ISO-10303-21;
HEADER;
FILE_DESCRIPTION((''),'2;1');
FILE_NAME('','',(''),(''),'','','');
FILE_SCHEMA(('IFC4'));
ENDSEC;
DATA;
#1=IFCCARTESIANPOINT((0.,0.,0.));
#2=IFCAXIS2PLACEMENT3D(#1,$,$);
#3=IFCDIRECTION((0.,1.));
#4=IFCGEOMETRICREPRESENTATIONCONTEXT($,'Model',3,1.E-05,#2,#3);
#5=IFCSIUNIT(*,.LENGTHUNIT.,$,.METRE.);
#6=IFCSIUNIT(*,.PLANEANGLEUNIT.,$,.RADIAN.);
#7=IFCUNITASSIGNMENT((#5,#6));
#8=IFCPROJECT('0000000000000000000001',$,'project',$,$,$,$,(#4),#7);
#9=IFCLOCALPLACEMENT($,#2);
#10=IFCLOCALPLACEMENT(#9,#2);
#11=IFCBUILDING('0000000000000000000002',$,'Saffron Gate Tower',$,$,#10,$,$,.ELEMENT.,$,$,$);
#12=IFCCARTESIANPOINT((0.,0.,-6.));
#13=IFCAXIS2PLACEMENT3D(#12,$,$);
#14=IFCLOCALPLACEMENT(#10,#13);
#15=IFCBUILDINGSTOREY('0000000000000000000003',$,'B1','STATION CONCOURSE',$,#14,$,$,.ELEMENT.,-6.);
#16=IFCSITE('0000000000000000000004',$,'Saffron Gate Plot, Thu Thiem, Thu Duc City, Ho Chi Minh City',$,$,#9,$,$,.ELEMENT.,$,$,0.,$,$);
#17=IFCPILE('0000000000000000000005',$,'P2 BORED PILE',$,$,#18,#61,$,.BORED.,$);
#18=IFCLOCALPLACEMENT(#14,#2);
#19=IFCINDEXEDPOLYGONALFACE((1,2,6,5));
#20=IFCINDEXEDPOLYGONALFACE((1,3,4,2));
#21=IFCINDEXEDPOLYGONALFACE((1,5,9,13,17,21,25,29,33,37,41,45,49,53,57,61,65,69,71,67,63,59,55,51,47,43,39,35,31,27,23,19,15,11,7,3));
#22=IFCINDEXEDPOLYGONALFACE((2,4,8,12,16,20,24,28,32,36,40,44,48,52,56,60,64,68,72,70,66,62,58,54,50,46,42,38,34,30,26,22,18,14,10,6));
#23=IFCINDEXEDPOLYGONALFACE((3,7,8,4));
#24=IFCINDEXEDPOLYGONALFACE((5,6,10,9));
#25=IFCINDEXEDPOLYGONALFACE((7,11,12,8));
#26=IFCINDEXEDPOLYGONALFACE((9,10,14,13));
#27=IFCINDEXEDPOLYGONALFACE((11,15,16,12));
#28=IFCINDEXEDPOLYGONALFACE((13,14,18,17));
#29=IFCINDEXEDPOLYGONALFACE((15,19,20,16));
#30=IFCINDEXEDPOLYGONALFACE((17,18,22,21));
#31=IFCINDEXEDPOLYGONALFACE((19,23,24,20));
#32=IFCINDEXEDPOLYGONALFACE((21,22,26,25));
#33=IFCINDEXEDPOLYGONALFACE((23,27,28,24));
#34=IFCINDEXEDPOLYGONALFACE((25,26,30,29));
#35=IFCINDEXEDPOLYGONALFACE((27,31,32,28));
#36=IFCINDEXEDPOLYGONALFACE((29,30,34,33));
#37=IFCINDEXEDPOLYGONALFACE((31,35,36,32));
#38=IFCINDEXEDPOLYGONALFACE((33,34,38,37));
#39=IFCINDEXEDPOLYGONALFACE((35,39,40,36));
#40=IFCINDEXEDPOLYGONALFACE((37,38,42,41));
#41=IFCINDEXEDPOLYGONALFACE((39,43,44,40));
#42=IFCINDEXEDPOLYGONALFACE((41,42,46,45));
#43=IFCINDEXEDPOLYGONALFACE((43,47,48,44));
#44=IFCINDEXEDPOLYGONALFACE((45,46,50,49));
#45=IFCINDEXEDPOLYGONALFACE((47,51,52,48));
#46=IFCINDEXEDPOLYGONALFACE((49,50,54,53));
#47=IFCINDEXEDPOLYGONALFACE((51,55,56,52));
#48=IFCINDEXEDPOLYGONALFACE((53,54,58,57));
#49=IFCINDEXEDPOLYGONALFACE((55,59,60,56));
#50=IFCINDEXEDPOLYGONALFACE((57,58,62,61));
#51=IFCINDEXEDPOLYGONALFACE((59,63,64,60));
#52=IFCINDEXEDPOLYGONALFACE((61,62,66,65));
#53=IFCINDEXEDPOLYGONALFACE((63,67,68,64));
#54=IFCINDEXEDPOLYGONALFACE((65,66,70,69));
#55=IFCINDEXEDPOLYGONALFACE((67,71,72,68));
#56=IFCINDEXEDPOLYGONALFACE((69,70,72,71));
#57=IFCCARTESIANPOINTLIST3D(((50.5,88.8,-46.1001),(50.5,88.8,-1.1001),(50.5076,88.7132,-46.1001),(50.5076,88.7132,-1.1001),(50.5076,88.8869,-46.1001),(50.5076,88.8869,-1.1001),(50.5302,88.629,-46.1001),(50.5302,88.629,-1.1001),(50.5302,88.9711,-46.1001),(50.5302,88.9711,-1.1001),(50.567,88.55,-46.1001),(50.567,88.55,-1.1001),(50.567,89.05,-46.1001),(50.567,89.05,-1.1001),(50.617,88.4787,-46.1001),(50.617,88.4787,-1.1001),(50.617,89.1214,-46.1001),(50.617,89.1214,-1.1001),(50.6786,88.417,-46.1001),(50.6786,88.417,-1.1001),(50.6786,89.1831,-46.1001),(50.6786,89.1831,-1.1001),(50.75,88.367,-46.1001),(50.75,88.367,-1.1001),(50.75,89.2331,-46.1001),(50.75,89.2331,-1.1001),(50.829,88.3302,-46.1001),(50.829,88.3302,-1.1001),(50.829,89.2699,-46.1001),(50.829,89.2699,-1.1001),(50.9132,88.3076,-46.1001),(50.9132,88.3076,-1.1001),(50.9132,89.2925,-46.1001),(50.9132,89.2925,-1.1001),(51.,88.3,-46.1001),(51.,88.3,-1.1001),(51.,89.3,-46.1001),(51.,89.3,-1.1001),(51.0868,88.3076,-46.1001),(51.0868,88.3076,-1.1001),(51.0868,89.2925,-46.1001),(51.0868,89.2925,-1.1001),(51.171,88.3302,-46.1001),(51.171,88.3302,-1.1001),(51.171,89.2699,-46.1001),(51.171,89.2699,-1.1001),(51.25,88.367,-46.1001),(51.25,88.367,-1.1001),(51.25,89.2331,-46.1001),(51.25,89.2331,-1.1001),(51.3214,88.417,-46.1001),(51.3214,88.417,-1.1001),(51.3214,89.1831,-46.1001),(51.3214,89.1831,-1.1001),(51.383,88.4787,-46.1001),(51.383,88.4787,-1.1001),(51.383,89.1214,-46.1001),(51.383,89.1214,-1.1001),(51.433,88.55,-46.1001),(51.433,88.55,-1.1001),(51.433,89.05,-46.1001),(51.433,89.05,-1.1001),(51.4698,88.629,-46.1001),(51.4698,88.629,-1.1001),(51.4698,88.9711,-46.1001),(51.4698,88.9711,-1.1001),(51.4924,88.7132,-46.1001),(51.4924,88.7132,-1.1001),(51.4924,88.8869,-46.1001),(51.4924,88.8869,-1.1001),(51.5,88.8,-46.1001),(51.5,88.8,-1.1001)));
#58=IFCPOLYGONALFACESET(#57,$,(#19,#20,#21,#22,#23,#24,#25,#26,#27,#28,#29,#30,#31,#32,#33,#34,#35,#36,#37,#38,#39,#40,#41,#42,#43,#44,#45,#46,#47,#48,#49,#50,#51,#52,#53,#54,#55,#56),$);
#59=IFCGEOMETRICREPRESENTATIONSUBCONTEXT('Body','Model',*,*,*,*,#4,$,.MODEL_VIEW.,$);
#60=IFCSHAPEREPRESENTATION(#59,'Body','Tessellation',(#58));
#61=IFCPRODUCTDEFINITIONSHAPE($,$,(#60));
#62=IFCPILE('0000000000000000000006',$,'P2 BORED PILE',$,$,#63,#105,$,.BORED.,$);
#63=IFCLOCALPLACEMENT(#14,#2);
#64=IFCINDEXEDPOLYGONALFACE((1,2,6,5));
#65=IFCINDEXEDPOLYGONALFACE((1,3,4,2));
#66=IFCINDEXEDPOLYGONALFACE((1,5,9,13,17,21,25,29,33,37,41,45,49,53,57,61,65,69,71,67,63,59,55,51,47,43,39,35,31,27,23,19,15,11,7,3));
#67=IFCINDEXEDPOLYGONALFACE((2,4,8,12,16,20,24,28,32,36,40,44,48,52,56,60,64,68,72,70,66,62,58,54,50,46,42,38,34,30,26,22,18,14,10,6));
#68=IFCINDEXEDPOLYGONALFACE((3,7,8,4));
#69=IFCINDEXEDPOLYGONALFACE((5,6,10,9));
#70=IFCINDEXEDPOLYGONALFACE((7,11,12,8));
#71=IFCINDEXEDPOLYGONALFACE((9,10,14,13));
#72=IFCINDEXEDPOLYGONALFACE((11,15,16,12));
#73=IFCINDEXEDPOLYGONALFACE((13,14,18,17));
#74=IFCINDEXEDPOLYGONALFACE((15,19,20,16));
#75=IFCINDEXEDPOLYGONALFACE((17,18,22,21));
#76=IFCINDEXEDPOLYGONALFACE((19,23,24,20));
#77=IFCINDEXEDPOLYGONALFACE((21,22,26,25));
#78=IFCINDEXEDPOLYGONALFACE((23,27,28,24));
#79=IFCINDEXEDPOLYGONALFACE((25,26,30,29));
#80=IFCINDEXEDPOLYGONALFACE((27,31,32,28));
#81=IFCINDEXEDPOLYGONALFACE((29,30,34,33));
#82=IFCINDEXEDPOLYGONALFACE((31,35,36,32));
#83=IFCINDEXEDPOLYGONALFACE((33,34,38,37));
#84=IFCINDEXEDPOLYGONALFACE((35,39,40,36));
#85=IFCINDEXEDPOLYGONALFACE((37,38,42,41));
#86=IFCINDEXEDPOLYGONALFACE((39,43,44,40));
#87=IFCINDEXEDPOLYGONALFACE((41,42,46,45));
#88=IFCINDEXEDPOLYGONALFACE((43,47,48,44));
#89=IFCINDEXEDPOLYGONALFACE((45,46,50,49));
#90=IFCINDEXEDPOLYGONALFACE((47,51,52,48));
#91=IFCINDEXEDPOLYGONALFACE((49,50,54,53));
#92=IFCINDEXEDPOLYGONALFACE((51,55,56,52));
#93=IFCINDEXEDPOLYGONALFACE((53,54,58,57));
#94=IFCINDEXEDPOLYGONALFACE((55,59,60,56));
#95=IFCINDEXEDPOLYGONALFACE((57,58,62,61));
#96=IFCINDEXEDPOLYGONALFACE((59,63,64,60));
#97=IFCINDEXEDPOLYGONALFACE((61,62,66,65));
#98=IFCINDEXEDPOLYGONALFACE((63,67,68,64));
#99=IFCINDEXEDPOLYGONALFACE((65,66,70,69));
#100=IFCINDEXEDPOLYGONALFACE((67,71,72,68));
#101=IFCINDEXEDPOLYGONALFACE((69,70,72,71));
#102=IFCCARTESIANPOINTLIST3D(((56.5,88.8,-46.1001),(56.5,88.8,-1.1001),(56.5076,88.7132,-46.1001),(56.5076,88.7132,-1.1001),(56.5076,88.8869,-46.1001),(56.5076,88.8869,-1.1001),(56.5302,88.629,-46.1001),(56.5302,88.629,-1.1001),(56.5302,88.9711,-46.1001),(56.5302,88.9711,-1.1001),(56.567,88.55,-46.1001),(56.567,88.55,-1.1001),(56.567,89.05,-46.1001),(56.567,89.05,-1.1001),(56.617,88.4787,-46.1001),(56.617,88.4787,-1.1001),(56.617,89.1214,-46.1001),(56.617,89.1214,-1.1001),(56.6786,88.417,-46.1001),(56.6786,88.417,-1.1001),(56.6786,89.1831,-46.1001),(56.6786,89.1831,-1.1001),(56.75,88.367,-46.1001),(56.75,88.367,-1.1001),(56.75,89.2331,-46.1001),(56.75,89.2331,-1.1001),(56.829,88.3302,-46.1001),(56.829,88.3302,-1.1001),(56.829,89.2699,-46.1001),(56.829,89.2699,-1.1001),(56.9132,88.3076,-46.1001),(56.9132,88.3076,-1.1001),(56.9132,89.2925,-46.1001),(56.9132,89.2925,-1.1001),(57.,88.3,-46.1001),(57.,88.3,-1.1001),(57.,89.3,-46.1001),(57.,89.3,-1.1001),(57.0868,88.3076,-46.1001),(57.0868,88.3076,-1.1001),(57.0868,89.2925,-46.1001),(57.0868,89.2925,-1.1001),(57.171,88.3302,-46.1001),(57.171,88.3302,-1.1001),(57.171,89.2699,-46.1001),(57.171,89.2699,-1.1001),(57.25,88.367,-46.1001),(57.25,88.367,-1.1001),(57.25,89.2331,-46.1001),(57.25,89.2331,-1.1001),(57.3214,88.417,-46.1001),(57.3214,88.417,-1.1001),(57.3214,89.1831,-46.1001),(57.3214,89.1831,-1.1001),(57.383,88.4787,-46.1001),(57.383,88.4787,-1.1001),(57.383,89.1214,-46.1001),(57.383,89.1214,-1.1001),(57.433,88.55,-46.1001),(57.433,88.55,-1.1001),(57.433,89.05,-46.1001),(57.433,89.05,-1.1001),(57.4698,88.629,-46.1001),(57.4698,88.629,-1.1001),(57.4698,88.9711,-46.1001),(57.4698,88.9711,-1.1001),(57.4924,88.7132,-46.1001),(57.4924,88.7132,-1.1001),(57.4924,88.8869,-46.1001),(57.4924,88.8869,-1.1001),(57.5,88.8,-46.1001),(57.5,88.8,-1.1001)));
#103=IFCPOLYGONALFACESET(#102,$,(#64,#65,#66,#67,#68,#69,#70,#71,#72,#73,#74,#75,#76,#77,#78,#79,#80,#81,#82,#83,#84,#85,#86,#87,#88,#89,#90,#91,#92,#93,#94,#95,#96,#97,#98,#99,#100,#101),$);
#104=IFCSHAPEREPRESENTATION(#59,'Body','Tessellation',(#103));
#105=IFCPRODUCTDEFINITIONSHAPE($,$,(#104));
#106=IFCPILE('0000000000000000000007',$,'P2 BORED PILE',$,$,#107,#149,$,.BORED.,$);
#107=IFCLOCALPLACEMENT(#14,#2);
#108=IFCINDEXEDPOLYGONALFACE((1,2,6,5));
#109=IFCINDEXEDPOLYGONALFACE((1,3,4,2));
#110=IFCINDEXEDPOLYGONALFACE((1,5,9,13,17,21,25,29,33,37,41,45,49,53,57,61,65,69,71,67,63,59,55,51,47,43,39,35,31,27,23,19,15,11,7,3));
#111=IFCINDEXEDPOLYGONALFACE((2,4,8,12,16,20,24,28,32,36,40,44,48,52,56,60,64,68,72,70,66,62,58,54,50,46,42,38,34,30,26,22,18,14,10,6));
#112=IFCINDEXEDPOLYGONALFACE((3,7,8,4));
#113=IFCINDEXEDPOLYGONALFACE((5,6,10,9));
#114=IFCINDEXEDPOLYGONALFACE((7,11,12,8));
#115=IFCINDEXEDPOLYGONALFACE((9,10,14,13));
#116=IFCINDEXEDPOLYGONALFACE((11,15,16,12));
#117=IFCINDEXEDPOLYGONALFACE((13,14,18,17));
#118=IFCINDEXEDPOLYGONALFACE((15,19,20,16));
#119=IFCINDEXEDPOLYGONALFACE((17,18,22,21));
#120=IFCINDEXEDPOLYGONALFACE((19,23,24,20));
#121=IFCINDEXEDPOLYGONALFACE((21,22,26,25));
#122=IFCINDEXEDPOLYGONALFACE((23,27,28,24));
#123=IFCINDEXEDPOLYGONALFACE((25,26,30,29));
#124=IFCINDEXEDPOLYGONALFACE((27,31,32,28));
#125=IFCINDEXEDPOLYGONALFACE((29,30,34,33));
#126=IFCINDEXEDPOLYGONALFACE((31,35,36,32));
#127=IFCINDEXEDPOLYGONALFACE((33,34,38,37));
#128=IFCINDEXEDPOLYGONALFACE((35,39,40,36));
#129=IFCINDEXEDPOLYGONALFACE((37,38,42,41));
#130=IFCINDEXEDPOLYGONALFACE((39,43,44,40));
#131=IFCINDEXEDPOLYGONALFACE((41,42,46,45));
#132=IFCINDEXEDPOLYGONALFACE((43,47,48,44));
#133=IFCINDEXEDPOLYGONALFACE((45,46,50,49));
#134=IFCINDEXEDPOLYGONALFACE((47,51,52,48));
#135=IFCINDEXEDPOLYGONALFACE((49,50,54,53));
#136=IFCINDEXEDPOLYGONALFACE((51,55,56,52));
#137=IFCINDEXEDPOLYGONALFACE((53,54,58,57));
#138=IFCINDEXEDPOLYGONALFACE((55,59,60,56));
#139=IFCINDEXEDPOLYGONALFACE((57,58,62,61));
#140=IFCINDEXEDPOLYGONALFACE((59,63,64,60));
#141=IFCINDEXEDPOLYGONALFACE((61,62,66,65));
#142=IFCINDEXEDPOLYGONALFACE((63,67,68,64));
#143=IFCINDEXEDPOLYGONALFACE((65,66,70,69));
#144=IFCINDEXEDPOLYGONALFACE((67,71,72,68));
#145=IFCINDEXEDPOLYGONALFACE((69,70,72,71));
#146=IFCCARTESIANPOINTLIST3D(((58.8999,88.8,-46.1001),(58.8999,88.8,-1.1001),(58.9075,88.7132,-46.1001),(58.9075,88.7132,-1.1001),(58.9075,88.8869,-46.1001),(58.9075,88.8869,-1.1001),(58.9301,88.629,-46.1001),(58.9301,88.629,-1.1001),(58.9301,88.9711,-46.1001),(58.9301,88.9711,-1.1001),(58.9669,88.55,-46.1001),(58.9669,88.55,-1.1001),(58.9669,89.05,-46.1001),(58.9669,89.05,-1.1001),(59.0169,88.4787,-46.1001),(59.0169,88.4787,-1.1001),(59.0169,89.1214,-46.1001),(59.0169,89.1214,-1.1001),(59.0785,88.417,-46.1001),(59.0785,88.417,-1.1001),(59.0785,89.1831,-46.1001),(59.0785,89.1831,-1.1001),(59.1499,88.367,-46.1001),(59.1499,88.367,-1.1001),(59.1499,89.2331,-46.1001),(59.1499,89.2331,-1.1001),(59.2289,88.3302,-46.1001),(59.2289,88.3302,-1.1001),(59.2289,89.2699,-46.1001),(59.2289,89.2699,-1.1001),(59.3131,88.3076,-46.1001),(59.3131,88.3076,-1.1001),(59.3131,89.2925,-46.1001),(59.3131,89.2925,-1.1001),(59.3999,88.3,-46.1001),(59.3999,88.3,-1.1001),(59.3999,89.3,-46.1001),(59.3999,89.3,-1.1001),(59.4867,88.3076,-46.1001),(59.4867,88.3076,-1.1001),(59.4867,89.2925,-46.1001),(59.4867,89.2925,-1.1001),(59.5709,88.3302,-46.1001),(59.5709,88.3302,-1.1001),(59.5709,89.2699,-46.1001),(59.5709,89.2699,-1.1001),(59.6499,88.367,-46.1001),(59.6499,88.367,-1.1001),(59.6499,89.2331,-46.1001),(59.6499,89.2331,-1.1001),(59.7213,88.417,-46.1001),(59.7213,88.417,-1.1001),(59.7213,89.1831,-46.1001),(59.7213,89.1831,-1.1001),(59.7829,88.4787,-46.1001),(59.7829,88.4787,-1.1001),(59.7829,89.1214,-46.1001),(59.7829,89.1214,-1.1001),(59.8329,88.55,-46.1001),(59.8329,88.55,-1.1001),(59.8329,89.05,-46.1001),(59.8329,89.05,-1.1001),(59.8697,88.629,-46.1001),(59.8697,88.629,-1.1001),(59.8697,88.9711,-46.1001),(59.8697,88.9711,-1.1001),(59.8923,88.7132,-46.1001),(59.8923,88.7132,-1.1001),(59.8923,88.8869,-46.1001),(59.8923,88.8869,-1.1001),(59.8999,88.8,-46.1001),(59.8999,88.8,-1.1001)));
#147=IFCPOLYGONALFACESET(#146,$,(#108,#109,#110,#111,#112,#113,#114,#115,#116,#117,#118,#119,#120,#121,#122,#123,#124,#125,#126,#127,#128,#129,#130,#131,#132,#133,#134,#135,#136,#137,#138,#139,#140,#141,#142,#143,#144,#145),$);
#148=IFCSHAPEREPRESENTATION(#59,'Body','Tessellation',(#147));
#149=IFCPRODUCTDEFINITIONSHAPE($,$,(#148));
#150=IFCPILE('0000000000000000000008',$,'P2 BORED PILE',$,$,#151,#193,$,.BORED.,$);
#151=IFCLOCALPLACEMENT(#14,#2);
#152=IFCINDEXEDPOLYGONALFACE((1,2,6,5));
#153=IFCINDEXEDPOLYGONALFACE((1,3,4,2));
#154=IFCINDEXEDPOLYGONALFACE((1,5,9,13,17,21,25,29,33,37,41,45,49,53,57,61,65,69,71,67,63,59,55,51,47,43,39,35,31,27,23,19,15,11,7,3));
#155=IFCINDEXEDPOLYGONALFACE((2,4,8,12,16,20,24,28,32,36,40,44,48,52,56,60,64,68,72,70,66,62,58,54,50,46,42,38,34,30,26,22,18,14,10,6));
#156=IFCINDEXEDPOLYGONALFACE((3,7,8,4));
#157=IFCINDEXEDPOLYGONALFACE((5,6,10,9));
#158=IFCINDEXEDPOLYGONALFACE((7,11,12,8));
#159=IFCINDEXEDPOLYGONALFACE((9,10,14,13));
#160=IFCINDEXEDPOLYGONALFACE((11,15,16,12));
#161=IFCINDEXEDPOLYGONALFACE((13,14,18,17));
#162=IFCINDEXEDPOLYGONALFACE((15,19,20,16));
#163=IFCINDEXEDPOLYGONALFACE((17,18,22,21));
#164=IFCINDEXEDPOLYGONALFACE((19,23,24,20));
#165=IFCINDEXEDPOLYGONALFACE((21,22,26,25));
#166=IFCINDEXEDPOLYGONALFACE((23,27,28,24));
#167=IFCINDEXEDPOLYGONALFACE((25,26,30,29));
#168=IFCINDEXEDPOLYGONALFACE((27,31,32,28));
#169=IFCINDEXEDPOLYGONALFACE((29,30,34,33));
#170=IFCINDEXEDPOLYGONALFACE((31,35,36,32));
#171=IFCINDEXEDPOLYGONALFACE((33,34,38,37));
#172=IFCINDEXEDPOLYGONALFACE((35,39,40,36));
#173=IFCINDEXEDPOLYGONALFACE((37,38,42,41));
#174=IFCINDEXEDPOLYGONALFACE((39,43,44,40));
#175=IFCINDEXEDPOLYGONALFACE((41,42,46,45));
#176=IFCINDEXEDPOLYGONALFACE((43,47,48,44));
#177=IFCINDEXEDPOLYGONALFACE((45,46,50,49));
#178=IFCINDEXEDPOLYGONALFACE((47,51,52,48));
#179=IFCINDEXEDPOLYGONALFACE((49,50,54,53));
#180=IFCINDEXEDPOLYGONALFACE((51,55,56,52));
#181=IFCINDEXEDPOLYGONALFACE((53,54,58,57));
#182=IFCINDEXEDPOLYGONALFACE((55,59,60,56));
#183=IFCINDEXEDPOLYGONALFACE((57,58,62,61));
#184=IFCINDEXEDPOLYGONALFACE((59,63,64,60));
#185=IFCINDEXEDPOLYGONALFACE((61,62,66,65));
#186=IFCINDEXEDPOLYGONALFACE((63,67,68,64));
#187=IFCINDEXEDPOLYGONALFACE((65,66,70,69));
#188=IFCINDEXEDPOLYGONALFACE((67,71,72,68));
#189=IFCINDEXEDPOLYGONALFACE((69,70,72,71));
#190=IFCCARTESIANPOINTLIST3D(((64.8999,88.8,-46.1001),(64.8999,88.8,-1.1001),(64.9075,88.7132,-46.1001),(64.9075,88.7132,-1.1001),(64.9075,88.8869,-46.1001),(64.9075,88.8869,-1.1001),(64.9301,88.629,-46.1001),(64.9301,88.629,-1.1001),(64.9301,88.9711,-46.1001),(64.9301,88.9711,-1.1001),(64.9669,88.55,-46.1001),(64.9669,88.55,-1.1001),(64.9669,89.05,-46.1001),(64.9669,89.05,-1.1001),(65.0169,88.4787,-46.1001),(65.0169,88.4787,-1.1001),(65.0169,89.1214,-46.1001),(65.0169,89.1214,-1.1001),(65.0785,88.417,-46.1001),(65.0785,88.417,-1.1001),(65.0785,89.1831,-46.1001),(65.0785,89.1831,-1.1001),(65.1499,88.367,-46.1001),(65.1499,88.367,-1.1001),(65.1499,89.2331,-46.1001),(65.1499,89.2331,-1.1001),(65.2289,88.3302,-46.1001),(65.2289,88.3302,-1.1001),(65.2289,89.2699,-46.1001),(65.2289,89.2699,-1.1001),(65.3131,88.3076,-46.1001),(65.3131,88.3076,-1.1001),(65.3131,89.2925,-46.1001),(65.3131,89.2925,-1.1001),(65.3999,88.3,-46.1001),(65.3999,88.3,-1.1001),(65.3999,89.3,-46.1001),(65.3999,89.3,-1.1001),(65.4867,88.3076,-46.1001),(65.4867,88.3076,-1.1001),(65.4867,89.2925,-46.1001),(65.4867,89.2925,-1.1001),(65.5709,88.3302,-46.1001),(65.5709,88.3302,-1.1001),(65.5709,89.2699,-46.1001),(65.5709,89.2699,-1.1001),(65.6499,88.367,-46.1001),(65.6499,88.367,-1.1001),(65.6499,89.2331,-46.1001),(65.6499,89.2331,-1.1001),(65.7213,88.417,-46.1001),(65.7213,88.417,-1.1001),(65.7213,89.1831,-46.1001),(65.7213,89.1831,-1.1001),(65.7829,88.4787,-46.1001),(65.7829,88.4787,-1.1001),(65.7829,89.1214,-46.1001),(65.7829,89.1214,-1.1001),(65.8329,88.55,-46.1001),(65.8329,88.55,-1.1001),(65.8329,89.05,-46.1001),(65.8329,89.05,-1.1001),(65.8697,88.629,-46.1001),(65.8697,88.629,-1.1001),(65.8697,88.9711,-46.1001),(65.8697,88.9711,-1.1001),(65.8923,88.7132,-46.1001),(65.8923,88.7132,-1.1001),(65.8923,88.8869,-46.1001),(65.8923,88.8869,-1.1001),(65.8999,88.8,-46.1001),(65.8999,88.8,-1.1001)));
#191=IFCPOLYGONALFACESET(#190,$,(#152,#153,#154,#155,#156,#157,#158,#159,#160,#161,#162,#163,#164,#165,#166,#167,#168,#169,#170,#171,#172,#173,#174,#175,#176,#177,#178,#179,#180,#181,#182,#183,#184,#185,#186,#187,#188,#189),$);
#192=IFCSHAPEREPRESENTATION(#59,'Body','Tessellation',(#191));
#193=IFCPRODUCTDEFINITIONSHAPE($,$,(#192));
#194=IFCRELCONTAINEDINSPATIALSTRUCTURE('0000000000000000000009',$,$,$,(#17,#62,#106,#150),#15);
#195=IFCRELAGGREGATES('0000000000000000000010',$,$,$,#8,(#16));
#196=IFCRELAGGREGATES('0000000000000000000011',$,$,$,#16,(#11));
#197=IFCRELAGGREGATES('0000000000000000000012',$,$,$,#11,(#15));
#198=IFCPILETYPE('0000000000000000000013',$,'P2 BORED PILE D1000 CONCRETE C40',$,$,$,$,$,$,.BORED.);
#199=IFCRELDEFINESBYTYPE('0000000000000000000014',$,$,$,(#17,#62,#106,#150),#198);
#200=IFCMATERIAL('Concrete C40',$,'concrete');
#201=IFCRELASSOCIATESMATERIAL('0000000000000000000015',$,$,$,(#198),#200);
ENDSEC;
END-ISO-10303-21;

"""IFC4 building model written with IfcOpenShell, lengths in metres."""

from ifc_helpers import new_model, si_unit, direction, frame, origin, origin_2d, place, context, subcontext, project, spatial, circle, extrude, material, material_profile, profile_set, type_object, element, save


model = new_model("IFC4")

# Units and contexts
model_context = context("Model", 3, precision=1e-05, world=origin(), true_north=direction((0.0, 1.0)))
body_context = subcontext(model_context, "Body", "Model", "MODEL_VIEW")
ifc_project = project(units=[si_unit("LENGTHUNIT", "METRE"), si_unit("PLANEANGLEUNIT", "RADIAN")], contexts=[model_context])

# Site, building, storey
site_placement = place(None, origin())
site = spatial("IfcSite", under=ifc_project, at=site_placement, Name="Saffron Gate Plot, Thu Thiem, Thu Duc City, Ho Chi Minh City", CompositionType="ELEMENT", RefElevation=0.0)
building_placement = place(site_placement, origin())
building = spatial("IfcBuilding", under=site, at=building_placement, Name="Saffron Gate Tower", CompositionType="ELEMENT")
storey_placement = place(building_placement, frame((0.0, 0.0, -6.0)))
storey = spatial("IfcBuildingStorey", under=building, at=storey_placement, Name="B1", Description="STATION CONCOURSE", CompositionType="ELEMENT", Elevation=-6.0)

# Piles
ifc_material_1 = material(Name="Concrete C40", Category="concrete")
ifc_material_profile_1 = material_profile(ifc_material_1, circle(Radius=0.5, at=origin_2d()))
ifc_profile_set_1 = profile_set([ifc_material_profile_1], Name="Concrete C40")
pile_type_1 = type_object("IfcPileType", Name="P2 BORED PILE D1000 CONCRETE C40", PredefinedType="BORED", material=ifc_profile_set_1)
for number, where, z_axis, x_axis, name in (
    (1, (51.0, 88.8, -1.1001), (0.0, 0.0, -1.0), (1.0, 0.0, 0.0), "P2 BORED PILE"),
    (2, (57.0, 88.8, -1.1001), (0.0, 0.0, -1.0), (1.0, 0.0, 0.0), "P2 BORED PILE"),
    (3, (59.3999, 88.8, -1.1001), (0.0, 0.0, -1.0), (1.0, 0.0, 0.0), "P2 BORED PILE"),
    (4, (65.3999, 88.8, -1.1001), (0.0, 0.0, -1.0), (1.0, 0.0, 0.0), "P2 BORED PILE"),
):
    element("IfcPile", number, at=place(storey_placement, frame(where, z_axis=z_axis, x_axis=x_axis)), inside=storey, type_object=pile_type_1, Name=name, PredefinedType="BORED", context=body_context, shape_type="SweptSolid", body=[
        extrude(circle(Radius=0.5, at=origin_2d()), origin(), (0.0, 0.0, 1.0), 45.0),
    ])

save(model, "model.ifc")
